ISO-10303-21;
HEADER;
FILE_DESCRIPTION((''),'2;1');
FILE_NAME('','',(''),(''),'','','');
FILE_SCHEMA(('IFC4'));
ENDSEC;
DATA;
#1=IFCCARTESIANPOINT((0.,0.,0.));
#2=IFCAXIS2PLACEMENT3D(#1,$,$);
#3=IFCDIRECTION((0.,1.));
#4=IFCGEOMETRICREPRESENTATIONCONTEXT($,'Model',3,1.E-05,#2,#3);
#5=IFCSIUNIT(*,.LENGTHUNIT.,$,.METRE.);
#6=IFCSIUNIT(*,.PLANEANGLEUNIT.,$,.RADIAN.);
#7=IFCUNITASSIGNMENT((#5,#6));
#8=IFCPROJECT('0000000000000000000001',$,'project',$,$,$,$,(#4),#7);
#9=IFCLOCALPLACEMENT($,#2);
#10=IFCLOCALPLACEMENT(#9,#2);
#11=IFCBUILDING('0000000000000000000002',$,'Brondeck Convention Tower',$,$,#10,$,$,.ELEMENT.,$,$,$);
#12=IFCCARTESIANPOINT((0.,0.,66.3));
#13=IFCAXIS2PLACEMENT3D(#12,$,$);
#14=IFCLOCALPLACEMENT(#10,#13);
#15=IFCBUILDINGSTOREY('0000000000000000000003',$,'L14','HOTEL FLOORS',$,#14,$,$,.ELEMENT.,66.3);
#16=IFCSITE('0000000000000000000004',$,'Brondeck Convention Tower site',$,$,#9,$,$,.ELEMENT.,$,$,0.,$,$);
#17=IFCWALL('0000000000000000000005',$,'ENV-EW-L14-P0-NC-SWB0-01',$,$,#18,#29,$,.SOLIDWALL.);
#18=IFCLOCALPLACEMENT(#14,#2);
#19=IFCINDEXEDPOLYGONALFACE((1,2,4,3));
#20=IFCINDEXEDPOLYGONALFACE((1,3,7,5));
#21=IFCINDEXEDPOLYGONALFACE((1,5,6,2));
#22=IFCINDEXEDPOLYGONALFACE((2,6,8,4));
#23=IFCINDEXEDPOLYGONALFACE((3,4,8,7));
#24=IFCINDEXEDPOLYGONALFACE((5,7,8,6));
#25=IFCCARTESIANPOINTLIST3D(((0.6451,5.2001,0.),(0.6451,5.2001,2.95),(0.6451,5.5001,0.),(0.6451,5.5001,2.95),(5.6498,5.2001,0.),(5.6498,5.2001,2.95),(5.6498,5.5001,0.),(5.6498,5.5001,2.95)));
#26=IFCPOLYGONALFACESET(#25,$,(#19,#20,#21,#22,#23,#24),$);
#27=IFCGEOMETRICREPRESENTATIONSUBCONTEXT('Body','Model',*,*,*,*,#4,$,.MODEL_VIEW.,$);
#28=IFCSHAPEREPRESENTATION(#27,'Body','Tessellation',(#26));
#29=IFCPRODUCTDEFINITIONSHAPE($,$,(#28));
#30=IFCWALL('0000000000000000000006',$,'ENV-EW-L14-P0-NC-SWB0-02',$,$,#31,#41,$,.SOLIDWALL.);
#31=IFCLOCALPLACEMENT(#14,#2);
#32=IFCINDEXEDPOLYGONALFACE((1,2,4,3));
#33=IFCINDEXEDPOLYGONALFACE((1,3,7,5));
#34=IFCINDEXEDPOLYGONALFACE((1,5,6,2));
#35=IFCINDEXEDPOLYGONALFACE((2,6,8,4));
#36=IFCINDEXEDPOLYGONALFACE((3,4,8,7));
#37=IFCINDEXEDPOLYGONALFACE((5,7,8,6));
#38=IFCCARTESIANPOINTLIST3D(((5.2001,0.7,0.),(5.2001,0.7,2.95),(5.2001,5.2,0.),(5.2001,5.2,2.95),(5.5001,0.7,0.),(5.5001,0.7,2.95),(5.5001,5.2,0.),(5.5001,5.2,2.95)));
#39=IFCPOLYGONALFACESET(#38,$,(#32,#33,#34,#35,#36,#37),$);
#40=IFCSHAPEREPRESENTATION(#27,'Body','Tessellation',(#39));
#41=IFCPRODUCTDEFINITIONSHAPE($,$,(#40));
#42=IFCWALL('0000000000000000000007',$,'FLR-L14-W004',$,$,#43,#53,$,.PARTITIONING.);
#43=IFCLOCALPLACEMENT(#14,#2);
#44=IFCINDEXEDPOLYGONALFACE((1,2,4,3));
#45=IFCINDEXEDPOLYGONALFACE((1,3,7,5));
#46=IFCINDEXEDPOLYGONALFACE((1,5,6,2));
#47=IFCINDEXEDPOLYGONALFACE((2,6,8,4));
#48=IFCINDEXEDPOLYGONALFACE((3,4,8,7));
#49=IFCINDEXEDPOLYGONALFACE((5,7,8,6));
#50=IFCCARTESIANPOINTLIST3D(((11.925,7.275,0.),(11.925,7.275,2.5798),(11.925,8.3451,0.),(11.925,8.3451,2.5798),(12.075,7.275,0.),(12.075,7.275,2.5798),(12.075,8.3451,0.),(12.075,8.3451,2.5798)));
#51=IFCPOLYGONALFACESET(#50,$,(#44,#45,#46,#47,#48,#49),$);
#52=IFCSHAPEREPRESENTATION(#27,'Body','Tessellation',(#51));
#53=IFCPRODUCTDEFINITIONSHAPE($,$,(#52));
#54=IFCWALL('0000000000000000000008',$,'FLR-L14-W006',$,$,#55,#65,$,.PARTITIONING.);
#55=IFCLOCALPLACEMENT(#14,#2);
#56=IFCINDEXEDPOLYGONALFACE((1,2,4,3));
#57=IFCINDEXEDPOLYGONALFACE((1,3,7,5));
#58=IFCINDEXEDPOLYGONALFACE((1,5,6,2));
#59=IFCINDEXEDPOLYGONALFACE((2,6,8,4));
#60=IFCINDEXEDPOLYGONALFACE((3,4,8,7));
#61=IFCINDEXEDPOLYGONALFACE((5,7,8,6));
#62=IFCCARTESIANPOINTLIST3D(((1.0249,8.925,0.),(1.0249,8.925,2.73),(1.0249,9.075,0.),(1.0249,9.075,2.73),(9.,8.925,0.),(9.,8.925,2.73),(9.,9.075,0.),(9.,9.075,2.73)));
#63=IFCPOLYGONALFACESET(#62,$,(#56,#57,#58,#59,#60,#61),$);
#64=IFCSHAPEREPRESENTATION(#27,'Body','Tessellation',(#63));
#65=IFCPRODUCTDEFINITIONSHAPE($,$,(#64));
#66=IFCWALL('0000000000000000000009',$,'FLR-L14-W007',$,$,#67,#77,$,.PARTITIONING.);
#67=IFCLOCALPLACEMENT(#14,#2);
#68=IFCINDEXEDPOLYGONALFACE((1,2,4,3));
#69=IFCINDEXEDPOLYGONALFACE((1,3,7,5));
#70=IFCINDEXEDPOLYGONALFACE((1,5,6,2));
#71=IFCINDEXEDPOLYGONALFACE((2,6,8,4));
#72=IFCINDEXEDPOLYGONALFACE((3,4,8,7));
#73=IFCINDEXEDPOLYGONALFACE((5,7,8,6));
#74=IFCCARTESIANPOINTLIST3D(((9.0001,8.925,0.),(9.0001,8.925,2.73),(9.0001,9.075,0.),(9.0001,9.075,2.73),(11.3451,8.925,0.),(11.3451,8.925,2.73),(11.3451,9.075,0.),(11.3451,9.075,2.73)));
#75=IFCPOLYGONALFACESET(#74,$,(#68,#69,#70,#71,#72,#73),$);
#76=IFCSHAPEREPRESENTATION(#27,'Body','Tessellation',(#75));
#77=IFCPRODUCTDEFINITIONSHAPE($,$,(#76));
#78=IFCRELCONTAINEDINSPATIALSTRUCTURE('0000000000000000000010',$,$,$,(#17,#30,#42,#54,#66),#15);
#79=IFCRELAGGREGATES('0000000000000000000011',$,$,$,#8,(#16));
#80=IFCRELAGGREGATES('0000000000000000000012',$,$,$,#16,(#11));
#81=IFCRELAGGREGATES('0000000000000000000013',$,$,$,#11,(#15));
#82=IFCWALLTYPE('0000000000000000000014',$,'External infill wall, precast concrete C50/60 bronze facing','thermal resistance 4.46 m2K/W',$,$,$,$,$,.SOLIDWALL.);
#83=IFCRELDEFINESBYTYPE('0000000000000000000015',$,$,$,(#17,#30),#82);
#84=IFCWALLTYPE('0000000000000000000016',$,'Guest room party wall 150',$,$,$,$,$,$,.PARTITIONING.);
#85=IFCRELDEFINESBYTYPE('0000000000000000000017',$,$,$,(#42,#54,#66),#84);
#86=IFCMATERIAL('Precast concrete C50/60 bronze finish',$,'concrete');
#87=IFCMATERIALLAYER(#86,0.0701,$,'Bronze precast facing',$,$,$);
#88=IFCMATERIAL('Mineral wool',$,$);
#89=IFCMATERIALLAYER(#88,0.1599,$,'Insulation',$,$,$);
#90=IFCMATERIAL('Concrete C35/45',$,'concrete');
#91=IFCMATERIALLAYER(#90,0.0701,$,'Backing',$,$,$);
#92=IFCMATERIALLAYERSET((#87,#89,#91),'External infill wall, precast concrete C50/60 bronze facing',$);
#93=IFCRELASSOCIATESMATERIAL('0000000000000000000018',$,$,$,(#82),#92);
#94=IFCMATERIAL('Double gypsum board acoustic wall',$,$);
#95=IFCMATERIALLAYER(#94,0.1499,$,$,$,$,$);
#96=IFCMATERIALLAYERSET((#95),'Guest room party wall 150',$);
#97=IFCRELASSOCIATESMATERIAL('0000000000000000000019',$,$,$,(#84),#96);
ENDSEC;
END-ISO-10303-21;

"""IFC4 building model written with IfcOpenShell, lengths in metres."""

from ifc_helpers import new_model, si_unit, direction, frame, frame_2d, origin, place, context, subcontext, project, spatial, rectangle, extrude, material, layer, layer_set, type_object, element, save


model = new_model("IFC4")

# Units and contexts
model_context = context("Model", 3, precision=1e-05, world=origin(), true_north=direction((0.0, 1.0)))
body_context = subcontext(model_context, "Body", "Model", "MODEL_VIEW")
ifc_project = project(units=[si_unit("LENGTHUNIT", "METRE"), si_unit("PLANEANGLEUNIT", "RADIAN")], contexts=[model_context])

# Site, building, storey
site_placement = place(None, origin())
site = spatial("IfcSite", under=ifc_project, at=site_placement, Name="Brondeck Convention Tower site", CompositionType="ELEMENT", RefElevation=0.0)
building_placement = place(site_placement, origin())
building = spatial("IfcBuilding", under=site, at=building_placement, Name="Brondeck Convention Tower", CompositionType="ELEMENT")
storey_placement = place(building_placement, frame((0.0, 0.0, 66.3)))
storey = spatial("IfcBuildingStorey", under=building, at=storey_placement, Name="L14", Description="HOTEL FLOORS", CompositionType="ELEMENT", Elevation=66.3)

# Shared definitions
ifc_material_1 = material(Name="Concrete C35/45", Category="concrete")

# Shared definitions
ifc_material_2 = material(Name="Precast concrete C50/60 bronze finish", Category="concrete")
ifc_layer_1 = layer(ifc_material_2, 0.0701, Name="Bronze precast facing")
ifc_material_3 = material(Name="Mineral wool")
ifc_layer_2 = layer(ifc_material_3, 0.1599, Name="Insulation")
ifc_layer_3 = layer(ifc_material_1, 0.0701, Name="Backing")
ifc_layer_set_1 = layer_set([ifc_layer_1, ifc_layer_2, ifc_layer_3], Name="External infill wall, precast concrete C50/60 bronze facing")
wall_type_1 = type_object("IfcWallType", Name="External infill wall, precast concrete C50/60 bronze facing", Description="thermal resistance 4.46 m2K/W", PredefinedType="SOLIDWALL", material=ifc_layer_set_1)

# Walls
wall_1_placement = place(storey_placement, frame((5.6499, 5.3501, 0.0), z_axis=(0.0, 0.0, 1.0), x_axis=(-1.0, 0.0, 0.0)))
element("IfcWall", 1, at=wall_1_placement, inside=storey, type_object=wall_type_1, Name="ENV-EW-L14-P0-NC-SWB0-01", PredefinedType="SOLIDWALL", context=body_context, shape_type="SweptSolid", body=[
    extrude(rectangle(XDim=5.0046, YDim=0.3, at=frame_2d((2.5024, 0.0))), origin(), (0.0, 0.0, 1.0), 2.95),
])
wall_2_placement = place(storey_placement, frame((5.3501, 0.7, 0.0), z_axis=(0.0, 0.0, 1.0), x_axis=(0.0, 1.0, 0.0)))
element("IfcWall", 2, at=wall_2_placement, inside=storey, type_object=wall_type_1, Name="ENV-EW-L14-P0-NC-SWB0-02", PredefinedType="SOLIDWALL", context=body_context, shape_type="SweptSolid", body=[
    extrude(rectangle(XDim=4.5, YDim=0.3, at=frame_2d((2.25, 0.0))), origin(), (0.0, 0.0, 1.0), 2.95),
])
ifc_material_4 = material(Name="Double gypsum board acoustic wall")
ifc_layer_4 = layer(ifc_material_4, 0.1499)
ifc_layer_set_2 = layer_set([ifc_layer_4], Name="Guest room party wall 150")
wall_type_2 = type_object("IfcWallType", Name="Guest room party wall 150", PredefinedType="PARTITIONING", material=ifc_layer_set_2)
wall_3_placement = place(storey_placement, frame((12.0, 7.2749, 0.0), z_axis=(0.0, 0.0, 1.0), x_axis=(0.0, 1.0, 0.0)))
element("IfcWall", 3, at=wall_3_placement, inside=storey, type_object=wall_type_2, Name="FLR-L14-W004", PredefinedType="PARTITIONING", context=body_context, shape_type="SweptSolid", body=[
    extrude(rectangle(XDim=1.0701, YDim=0.1499, at=frame_2d((0.5352, 0.0))), origin(), (0.0, 0.0, 1.0), 2.5798),
])
wall_4_placement = place(storey_placement, frame((9.0, 9.0, 0.0), z_axis=(0.0, 0.0, 1.0), x_axis=(-1.0, 0.0, 0.0)))
element("IfcWall", 4, at=wall_4_placement, inside=storey, type_object=wall_type_2, Name="FLR-L14-W006", PredefinedType="PARTITIONING", context=body_context, shape_type="SweptSolid", body=[
    extrude(rectangle(XDim=7.9751, YDim=0.1499, at=frame_2d((3.9875, 0.0))), origin(), (0.0, 0.0, 1.0), 2.73),
])
wall_5_placement = place(storey_placement, frame((11.345, 9.0, 0.0), z_axis=(0.0, 0.0, 1.0), x_axis=(-1.0, 0.0, 0.0)))
element("IfcWall", 5, at=wall_5_placement, inside=storey, type_object=wall_type_2, Name="FLR-L14-W007", PredefinedType="PARTITIONING", context=body_context, shape_type="SweptSolid", body=[
    extrude(rectangle(XDim=2.345, YDim=0.1499, at=frame_2d((1.1724, 0.0))), origin(), (0.0, 0.0, 1.0), 2.73),
])

save(model, "model.ifc")
